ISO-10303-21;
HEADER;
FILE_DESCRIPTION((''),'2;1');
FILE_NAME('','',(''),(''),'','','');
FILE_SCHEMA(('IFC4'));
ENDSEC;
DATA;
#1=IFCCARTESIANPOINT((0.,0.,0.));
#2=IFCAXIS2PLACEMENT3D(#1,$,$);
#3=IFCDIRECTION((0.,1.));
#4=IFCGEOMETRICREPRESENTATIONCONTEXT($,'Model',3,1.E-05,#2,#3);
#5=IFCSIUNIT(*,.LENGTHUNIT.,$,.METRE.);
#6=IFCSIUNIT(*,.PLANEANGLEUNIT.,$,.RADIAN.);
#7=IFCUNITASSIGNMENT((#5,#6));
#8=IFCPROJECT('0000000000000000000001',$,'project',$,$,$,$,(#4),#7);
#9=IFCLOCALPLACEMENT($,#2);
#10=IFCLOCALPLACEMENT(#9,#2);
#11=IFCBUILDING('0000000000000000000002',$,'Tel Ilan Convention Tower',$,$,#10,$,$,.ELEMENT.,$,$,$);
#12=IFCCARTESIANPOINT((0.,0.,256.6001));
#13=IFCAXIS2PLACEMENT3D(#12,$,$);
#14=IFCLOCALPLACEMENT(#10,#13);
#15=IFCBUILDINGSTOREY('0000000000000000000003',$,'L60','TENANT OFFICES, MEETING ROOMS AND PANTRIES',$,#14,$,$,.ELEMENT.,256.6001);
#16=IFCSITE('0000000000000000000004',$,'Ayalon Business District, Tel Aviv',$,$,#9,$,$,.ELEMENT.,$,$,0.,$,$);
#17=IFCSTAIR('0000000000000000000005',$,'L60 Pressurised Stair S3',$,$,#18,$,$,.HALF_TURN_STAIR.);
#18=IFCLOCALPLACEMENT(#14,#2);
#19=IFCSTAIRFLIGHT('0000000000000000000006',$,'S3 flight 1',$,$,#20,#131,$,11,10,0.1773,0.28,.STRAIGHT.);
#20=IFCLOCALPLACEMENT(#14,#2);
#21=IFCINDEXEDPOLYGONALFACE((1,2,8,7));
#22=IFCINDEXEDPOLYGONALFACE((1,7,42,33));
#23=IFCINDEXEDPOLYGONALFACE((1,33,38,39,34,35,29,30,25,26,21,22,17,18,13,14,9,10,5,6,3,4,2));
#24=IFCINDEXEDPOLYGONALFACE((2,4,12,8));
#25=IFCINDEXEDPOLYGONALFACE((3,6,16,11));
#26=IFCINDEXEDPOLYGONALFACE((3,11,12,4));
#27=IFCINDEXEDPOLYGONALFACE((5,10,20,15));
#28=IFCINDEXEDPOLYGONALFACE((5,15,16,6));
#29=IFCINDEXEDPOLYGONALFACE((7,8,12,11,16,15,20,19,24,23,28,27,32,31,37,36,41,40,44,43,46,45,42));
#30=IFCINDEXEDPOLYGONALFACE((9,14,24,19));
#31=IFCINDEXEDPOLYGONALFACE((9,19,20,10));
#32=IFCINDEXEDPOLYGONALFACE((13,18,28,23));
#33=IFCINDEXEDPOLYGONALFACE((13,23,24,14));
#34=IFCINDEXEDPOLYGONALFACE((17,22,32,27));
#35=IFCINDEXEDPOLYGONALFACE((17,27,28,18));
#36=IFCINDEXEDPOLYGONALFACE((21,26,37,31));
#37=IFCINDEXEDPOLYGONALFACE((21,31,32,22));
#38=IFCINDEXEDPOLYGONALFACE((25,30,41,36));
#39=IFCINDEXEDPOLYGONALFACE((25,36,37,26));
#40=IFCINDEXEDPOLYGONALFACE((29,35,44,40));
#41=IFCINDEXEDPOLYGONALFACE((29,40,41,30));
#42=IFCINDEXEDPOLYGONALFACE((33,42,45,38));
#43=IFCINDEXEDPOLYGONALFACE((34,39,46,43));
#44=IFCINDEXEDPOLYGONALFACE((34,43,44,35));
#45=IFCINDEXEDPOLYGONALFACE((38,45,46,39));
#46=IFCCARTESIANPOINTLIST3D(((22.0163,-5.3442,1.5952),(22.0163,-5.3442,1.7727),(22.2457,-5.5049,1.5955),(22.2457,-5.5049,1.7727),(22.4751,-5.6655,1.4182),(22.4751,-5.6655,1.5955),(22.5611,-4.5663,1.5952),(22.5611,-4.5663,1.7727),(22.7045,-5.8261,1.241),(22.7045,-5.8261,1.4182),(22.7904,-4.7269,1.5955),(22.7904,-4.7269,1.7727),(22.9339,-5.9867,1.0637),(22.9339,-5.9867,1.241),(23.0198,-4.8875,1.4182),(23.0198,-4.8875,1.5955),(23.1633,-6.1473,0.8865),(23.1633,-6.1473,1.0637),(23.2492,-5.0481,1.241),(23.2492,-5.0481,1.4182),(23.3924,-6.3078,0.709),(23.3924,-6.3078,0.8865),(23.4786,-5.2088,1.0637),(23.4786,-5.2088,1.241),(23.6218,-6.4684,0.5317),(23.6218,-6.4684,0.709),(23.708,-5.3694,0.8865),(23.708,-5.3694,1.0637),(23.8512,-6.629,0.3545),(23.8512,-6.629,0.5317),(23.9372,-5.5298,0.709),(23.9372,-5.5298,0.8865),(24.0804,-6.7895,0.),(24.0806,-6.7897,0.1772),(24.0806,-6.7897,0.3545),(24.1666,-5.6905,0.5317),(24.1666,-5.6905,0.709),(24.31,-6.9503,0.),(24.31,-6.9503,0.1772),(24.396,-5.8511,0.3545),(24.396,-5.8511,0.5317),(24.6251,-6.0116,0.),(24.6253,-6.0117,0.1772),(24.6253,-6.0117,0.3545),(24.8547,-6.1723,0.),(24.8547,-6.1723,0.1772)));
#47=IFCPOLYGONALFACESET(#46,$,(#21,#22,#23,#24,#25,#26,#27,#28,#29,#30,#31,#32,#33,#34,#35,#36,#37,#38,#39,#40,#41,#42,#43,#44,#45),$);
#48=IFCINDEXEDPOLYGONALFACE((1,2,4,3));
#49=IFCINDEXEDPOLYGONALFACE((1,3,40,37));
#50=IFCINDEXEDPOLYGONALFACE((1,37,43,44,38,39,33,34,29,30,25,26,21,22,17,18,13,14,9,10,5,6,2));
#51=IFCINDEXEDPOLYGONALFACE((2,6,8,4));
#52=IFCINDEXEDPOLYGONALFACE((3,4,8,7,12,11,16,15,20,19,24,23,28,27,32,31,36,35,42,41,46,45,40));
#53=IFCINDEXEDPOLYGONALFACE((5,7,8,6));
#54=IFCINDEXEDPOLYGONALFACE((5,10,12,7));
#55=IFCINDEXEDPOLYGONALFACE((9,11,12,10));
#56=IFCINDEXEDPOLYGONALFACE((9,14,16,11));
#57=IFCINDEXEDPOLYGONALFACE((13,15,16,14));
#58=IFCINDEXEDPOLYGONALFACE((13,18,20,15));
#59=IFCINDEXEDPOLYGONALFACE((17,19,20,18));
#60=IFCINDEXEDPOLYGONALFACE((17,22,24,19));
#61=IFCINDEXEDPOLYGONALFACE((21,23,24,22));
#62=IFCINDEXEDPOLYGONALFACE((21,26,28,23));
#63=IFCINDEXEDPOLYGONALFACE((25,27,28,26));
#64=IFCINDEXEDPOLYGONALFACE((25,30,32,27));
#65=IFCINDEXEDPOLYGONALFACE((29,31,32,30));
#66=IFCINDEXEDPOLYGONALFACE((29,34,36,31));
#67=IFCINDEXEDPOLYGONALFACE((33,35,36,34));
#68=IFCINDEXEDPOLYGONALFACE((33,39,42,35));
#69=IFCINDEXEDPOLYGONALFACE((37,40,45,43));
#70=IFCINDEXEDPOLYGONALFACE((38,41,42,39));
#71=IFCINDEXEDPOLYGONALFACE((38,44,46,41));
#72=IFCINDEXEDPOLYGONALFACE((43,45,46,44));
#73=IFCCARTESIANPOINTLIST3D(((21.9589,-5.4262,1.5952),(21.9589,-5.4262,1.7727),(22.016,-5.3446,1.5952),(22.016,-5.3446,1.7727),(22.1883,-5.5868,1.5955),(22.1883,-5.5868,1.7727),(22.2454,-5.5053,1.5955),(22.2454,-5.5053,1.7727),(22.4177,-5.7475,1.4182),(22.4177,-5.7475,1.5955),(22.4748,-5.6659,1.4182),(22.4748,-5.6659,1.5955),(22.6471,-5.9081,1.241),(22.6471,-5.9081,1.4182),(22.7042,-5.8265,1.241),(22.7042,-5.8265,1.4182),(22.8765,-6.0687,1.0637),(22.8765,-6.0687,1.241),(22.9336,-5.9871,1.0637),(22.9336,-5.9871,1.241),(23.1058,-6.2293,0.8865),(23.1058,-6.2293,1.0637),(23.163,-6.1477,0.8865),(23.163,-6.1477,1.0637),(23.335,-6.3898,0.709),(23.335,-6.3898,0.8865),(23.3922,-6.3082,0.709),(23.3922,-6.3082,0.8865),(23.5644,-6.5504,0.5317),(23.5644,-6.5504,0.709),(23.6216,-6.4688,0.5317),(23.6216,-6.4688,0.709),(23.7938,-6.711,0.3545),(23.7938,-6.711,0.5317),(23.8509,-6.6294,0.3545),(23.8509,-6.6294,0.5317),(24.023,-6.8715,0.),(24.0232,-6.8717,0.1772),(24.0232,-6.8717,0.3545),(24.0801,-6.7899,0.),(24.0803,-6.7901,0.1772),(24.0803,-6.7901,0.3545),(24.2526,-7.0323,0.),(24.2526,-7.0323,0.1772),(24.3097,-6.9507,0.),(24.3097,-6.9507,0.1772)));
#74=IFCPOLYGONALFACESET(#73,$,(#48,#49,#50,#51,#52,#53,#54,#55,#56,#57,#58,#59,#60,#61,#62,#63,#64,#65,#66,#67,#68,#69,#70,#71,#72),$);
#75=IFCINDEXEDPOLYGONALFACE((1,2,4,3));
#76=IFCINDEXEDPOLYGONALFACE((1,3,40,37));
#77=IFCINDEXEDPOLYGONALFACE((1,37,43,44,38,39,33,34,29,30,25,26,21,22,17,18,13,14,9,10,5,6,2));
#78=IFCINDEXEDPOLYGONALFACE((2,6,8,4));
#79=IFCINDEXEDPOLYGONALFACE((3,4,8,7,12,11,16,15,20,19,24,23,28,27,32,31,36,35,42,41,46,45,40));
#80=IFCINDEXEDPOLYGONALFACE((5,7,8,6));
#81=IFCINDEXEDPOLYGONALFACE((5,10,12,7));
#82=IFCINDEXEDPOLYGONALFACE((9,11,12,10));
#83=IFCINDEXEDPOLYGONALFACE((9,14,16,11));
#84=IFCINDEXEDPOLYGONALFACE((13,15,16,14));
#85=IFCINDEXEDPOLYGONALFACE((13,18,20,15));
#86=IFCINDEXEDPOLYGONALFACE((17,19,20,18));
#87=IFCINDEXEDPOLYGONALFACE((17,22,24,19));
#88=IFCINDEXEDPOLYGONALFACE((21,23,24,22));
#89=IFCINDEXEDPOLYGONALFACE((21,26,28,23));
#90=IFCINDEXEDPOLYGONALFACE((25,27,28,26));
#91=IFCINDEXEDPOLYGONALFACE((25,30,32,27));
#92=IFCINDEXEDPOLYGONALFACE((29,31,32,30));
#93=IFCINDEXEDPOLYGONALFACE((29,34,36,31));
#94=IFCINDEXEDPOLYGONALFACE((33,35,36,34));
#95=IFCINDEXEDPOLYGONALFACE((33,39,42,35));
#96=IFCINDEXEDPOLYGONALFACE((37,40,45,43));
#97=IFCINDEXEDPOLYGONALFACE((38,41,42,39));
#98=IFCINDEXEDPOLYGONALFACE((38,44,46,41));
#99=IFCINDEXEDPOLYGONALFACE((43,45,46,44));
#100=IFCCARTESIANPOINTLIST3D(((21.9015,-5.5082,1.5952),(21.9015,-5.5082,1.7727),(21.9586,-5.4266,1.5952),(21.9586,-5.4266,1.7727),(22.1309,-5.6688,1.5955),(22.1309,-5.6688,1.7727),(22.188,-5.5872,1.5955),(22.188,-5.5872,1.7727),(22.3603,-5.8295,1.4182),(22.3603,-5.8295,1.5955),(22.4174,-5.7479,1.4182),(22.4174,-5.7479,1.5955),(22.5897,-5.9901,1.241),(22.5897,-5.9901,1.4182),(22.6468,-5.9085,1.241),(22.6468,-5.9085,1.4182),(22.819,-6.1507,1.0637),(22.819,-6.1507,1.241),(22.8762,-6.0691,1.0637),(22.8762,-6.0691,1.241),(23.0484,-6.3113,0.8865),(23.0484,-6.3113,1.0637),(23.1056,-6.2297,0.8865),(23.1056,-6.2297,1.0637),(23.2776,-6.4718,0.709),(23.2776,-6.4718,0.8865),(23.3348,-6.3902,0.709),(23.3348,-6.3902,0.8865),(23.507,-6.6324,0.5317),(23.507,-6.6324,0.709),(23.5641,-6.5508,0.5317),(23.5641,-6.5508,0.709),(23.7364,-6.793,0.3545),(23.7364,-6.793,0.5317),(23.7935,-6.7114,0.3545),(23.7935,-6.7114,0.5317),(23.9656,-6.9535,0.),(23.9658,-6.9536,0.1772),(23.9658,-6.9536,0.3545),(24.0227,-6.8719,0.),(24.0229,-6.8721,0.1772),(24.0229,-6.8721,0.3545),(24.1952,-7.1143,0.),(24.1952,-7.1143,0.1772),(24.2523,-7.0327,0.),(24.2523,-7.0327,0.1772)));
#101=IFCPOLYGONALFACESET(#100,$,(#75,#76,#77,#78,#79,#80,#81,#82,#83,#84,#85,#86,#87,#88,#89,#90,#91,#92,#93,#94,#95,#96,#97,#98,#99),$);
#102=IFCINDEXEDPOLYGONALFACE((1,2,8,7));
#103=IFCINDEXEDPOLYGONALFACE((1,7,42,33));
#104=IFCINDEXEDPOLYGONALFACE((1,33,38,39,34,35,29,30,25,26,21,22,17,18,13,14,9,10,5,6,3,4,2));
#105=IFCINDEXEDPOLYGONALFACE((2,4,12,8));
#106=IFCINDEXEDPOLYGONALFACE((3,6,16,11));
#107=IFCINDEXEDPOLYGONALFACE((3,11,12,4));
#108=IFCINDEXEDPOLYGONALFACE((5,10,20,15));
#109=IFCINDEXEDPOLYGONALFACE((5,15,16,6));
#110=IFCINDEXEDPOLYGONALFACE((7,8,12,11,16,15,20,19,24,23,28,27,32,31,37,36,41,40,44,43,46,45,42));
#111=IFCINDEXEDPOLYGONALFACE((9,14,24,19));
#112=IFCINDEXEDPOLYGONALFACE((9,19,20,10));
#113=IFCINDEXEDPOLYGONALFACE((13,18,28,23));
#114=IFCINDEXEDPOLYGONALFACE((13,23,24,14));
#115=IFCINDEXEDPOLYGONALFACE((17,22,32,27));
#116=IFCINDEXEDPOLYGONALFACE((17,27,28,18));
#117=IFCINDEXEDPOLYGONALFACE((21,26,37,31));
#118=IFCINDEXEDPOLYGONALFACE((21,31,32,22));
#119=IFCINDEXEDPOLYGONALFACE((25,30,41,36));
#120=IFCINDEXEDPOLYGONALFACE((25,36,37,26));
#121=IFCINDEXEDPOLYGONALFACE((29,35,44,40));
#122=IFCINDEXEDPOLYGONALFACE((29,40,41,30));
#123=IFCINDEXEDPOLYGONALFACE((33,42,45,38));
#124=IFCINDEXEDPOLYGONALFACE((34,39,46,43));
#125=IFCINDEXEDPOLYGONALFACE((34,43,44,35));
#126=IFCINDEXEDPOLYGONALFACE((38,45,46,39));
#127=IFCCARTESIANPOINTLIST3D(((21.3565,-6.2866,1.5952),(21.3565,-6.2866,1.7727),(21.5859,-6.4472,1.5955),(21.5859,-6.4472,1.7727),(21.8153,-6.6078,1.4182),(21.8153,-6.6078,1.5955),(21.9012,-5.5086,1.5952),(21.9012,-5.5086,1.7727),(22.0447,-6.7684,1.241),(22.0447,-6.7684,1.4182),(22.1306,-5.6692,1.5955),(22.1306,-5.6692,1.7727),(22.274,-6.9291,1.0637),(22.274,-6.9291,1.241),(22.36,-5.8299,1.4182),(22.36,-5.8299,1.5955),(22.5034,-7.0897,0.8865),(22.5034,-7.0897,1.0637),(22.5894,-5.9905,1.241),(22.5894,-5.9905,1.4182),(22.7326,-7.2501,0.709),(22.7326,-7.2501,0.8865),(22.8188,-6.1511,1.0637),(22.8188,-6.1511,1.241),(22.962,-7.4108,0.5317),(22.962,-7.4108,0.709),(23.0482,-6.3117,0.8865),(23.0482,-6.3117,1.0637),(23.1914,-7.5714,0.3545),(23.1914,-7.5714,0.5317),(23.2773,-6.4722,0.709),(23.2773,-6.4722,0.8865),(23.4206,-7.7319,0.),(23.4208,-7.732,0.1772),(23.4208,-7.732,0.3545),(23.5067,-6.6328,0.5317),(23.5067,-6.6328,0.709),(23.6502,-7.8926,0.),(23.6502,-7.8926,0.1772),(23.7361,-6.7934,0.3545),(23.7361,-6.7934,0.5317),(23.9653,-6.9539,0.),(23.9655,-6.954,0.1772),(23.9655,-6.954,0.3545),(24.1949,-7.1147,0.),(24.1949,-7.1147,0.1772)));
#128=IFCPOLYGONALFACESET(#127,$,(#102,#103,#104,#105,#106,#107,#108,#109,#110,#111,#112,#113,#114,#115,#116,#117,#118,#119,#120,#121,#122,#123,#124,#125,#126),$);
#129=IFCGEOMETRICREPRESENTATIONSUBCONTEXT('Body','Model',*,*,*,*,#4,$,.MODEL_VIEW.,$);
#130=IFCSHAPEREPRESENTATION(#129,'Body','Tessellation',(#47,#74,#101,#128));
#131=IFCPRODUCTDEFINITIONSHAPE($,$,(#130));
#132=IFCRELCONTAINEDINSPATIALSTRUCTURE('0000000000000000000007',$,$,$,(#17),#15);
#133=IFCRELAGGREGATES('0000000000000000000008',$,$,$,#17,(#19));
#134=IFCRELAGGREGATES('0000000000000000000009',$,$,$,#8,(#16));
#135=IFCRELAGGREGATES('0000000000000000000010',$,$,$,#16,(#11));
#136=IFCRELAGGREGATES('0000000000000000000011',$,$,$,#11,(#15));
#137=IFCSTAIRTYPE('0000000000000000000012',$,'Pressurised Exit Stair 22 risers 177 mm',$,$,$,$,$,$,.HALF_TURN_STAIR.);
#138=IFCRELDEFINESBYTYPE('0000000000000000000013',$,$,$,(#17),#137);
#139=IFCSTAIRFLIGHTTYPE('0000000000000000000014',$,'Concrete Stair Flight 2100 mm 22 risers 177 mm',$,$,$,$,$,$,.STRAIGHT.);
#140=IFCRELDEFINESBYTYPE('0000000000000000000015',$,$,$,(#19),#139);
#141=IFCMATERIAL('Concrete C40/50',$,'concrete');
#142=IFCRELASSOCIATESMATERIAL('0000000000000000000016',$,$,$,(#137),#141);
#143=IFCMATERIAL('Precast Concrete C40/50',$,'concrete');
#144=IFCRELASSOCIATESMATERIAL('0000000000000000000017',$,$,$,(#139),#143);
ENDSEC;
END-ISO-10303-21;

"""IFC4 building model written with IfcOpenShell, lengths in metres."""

from ifc_helpers import new_model, si_unit, direction, frame, origin, place, context, subcontext, project, spatial, polyline, outline, extrude, material, type_object, element, aggregate, save


model = new_model("IFC4")

# Units and contexts
model_context = context("Model", 3, precision=1e-05, world=origin(), true_north=direction((0.0, 1.0)))
body_context = subcontext(model_context, "Body", "Model", "MODEL_VIEW")
ifc_project = project(units=[si_unit("LENGTHUNIT", "METRE"), si_unit("PLANEANGLEUNIT", "RADIAN")], contexts=[model_context])

# Site, building, storey
site_placement = place(None, origin())
site = spatial("IfcSite", under=ifc_project, at=site_placement, Name="Ayalon Business District, Tel Aviv", CompositionType="ELEMENT", RefElevation=0.0)
building_placement = place(site_placement, origin())
building = spatial("IfcBuilding", under=site, at=building_placement, Name="Tel Ilan Convention Tower", CompositionType="ELEMENT")
storey_placement = place(building_placement, frame((0.0, 0.0, 256.6001)))
storey = spatial("IfcBuildingStorey", under=building, at=storey_placement, Name="L60", Description="TENANT OFFICES, MEETING ROOMS AND PANTRIES", CompositionType="ELEMENT", Elevation=256.6001)

# Stair, stair flight
ifc_material_1 = material(Name="Concrete C40/50", Category="concrete")
stair_type = type_object("IfcStairType", Name="Pressurised Exit Stair 22 risers 177 mm", PredefinedType="HALF_TURN_STAIR", material=ifc_material_1)
stair_placement = place(storey_placement, origin())
stair = element("IfcStair", 1, at=stair_placement, inside=storey, type_object=stair_type, Name="L60 Pressurised Stair S3", PredefinedType="HALF_TURN_STAIR")
ifc_material_2 = material(Name="Precast Concrete C40/50", Category="concrete")
stair_flight_type = type_object("IfcStairFlightType", Name="Concrete Stair Flight 2100 mm 22 risers 177 mm", PredefinedType="STRAIGHT", material=ifc_material_2)
stair_flight_1_placement = place(storey_placement, frame((24.2524, -7.0325, 0.0), z_axis=(0.0, 0.0, 1.0), x_axis=(-0.819152, 0.573576, 0.0)))
stair_flight_1 = element("IfcStairFlight", 2, at=stair_flight_1_placement, type_object=stair_flight_type, Name="S3 flight 1", NumberOfRisers=11, NumberOfTreads=10, PredefinedType="STRAIGHT", RiserHeight=0.1773, TreadLength=0.28, context=body_context, shape_type="SweptSolid", body=[
    extrude(outline(polyline([(0.0, 0.0), (0.0, 0.1772), (0.28, 0.1772), (0.28, 0.3545), (0.5601, 0.3545), (0.5601, 0.5317), (0.8401, 0.5317), (0.8401, 0.709), (1.1201, 0.709), (1.1201, 0.8865), (1.3999, 0.8865), (1.3999, 1.0637), (1.6799, 1.0637), (1.6799, 1.241), (1.96, 1.241), (1.96, 1.4182), (2.24, 1.4182), (2.24, 1.5955), (2.52, 1.5955), (2.52, 1.7727), (2.8, 1.7727), (2.8, 1.95), (2.8, 1.5952), (0.2803, 0.0), (0.0, 0.0)])), frame((0.0, -0.1003, 0.0), z_axis=(0.0, -1.0, 0.0), x_axis=(1.0, 0.0, 0.0)), (0.0, 0.0, 1.0), 0.9497),
    extrude(outline(polyline([(0.0, 0.0), (0.0, 0.1772), (0.28, 0.1772), (0.28, 0.3545), (0.5601, 0.3545), (0.5601, 0.5317), (0.8401, 0.5317), (0.8401, 0.709), (1.1201, 0.709), (1.1201, 0.8865), (1.3999, 0.8865), (1.3999, 1.0637), (1.6799, 1.0637), (1.6799, 1.241), (1.96, 1.241), (1.96, 1.4182), (2.24, 1.4182), (2.24, 1.5955), (2.52, 1.5955), (2.52, 1.7727), (2.8, 1.7727), (2.8, 1.95), (2.8, 1.5952), (0.2803, 0.0), (0.0, 0.0)])), frame((0.0, -0.0002, 0.0), z_axis=(0.0, -1.0, 0.0), x_axis=(1.0, 0.0, 0.0)), (0.0, 0.0, 1.0), 0.0996),
    extrude(outline(polyline([(0.0, 0.0), (0.0, 0.1772), (0.28, 0.1772), (0.28, 0.3545), (0.5601, 0.3545), (0.5601, 0.5317), (0.8401, 0.5317), (0.8401, 0.709), (1.1201, 0.709), (1.1201, 0.8865), (1.3999, 0.8865), (1.3999, 1.0637), (1.6799, 1.0637), (1.6799, 1.241), (1.96, 1.241), (1.96, 1.4182), (2.24, 1.4182), (2.24, 1.5955), (2.52, 1.5955), (2.52, 1.7727), (2.8, 1.7727), (2.8, 1.95), (2.8, 1.5952), (0.2803, 0.0), (0.0, 0.0)])), frame((0.0, 0.0999, 0.0), z_axis=(0.0, -1.0, 0.0), x_axis=(1.0, 0.0, 0.0)), (0.0, 0.0, 1.0), 0.0996),
    extrude(outline(polyline([(0.0, 0.0), (0.0, 0.1772), (0.28, 0.1772), (0.28, 0.3545), (0.5601, 0.3545), (0.5601, 0.5317), (0.8401, 0.5317), (0.8401, 0.709), (1.1201, 0.709), (1.1201, 0.8865), (1.3999, 0.8865), (1.3999, 1.0637), (1.6799, 1.0637), (1.6799, 1.241), (1.96, 1.241), (1.96, 1.4182), (2.24, 1.4182), (2.24, 1.5955), (2.52, 1.5955), (2.52, 1.7727), (2.8, 1.7727), (2.8, 1.95), (2.8, 1.5952), (0.2803, 0.0), (0.0, 0.0)])), frame((0.0, 1.05, 0.0), z_axis=(0.0, -1.0, 0.0), x_axis=(1.0, 0.0, 0.0)), (0.0, 0.0, 1.0), 0.9497),
])
aggregate(stair, [stair_flight_1])

save(model, "model.ifc")
